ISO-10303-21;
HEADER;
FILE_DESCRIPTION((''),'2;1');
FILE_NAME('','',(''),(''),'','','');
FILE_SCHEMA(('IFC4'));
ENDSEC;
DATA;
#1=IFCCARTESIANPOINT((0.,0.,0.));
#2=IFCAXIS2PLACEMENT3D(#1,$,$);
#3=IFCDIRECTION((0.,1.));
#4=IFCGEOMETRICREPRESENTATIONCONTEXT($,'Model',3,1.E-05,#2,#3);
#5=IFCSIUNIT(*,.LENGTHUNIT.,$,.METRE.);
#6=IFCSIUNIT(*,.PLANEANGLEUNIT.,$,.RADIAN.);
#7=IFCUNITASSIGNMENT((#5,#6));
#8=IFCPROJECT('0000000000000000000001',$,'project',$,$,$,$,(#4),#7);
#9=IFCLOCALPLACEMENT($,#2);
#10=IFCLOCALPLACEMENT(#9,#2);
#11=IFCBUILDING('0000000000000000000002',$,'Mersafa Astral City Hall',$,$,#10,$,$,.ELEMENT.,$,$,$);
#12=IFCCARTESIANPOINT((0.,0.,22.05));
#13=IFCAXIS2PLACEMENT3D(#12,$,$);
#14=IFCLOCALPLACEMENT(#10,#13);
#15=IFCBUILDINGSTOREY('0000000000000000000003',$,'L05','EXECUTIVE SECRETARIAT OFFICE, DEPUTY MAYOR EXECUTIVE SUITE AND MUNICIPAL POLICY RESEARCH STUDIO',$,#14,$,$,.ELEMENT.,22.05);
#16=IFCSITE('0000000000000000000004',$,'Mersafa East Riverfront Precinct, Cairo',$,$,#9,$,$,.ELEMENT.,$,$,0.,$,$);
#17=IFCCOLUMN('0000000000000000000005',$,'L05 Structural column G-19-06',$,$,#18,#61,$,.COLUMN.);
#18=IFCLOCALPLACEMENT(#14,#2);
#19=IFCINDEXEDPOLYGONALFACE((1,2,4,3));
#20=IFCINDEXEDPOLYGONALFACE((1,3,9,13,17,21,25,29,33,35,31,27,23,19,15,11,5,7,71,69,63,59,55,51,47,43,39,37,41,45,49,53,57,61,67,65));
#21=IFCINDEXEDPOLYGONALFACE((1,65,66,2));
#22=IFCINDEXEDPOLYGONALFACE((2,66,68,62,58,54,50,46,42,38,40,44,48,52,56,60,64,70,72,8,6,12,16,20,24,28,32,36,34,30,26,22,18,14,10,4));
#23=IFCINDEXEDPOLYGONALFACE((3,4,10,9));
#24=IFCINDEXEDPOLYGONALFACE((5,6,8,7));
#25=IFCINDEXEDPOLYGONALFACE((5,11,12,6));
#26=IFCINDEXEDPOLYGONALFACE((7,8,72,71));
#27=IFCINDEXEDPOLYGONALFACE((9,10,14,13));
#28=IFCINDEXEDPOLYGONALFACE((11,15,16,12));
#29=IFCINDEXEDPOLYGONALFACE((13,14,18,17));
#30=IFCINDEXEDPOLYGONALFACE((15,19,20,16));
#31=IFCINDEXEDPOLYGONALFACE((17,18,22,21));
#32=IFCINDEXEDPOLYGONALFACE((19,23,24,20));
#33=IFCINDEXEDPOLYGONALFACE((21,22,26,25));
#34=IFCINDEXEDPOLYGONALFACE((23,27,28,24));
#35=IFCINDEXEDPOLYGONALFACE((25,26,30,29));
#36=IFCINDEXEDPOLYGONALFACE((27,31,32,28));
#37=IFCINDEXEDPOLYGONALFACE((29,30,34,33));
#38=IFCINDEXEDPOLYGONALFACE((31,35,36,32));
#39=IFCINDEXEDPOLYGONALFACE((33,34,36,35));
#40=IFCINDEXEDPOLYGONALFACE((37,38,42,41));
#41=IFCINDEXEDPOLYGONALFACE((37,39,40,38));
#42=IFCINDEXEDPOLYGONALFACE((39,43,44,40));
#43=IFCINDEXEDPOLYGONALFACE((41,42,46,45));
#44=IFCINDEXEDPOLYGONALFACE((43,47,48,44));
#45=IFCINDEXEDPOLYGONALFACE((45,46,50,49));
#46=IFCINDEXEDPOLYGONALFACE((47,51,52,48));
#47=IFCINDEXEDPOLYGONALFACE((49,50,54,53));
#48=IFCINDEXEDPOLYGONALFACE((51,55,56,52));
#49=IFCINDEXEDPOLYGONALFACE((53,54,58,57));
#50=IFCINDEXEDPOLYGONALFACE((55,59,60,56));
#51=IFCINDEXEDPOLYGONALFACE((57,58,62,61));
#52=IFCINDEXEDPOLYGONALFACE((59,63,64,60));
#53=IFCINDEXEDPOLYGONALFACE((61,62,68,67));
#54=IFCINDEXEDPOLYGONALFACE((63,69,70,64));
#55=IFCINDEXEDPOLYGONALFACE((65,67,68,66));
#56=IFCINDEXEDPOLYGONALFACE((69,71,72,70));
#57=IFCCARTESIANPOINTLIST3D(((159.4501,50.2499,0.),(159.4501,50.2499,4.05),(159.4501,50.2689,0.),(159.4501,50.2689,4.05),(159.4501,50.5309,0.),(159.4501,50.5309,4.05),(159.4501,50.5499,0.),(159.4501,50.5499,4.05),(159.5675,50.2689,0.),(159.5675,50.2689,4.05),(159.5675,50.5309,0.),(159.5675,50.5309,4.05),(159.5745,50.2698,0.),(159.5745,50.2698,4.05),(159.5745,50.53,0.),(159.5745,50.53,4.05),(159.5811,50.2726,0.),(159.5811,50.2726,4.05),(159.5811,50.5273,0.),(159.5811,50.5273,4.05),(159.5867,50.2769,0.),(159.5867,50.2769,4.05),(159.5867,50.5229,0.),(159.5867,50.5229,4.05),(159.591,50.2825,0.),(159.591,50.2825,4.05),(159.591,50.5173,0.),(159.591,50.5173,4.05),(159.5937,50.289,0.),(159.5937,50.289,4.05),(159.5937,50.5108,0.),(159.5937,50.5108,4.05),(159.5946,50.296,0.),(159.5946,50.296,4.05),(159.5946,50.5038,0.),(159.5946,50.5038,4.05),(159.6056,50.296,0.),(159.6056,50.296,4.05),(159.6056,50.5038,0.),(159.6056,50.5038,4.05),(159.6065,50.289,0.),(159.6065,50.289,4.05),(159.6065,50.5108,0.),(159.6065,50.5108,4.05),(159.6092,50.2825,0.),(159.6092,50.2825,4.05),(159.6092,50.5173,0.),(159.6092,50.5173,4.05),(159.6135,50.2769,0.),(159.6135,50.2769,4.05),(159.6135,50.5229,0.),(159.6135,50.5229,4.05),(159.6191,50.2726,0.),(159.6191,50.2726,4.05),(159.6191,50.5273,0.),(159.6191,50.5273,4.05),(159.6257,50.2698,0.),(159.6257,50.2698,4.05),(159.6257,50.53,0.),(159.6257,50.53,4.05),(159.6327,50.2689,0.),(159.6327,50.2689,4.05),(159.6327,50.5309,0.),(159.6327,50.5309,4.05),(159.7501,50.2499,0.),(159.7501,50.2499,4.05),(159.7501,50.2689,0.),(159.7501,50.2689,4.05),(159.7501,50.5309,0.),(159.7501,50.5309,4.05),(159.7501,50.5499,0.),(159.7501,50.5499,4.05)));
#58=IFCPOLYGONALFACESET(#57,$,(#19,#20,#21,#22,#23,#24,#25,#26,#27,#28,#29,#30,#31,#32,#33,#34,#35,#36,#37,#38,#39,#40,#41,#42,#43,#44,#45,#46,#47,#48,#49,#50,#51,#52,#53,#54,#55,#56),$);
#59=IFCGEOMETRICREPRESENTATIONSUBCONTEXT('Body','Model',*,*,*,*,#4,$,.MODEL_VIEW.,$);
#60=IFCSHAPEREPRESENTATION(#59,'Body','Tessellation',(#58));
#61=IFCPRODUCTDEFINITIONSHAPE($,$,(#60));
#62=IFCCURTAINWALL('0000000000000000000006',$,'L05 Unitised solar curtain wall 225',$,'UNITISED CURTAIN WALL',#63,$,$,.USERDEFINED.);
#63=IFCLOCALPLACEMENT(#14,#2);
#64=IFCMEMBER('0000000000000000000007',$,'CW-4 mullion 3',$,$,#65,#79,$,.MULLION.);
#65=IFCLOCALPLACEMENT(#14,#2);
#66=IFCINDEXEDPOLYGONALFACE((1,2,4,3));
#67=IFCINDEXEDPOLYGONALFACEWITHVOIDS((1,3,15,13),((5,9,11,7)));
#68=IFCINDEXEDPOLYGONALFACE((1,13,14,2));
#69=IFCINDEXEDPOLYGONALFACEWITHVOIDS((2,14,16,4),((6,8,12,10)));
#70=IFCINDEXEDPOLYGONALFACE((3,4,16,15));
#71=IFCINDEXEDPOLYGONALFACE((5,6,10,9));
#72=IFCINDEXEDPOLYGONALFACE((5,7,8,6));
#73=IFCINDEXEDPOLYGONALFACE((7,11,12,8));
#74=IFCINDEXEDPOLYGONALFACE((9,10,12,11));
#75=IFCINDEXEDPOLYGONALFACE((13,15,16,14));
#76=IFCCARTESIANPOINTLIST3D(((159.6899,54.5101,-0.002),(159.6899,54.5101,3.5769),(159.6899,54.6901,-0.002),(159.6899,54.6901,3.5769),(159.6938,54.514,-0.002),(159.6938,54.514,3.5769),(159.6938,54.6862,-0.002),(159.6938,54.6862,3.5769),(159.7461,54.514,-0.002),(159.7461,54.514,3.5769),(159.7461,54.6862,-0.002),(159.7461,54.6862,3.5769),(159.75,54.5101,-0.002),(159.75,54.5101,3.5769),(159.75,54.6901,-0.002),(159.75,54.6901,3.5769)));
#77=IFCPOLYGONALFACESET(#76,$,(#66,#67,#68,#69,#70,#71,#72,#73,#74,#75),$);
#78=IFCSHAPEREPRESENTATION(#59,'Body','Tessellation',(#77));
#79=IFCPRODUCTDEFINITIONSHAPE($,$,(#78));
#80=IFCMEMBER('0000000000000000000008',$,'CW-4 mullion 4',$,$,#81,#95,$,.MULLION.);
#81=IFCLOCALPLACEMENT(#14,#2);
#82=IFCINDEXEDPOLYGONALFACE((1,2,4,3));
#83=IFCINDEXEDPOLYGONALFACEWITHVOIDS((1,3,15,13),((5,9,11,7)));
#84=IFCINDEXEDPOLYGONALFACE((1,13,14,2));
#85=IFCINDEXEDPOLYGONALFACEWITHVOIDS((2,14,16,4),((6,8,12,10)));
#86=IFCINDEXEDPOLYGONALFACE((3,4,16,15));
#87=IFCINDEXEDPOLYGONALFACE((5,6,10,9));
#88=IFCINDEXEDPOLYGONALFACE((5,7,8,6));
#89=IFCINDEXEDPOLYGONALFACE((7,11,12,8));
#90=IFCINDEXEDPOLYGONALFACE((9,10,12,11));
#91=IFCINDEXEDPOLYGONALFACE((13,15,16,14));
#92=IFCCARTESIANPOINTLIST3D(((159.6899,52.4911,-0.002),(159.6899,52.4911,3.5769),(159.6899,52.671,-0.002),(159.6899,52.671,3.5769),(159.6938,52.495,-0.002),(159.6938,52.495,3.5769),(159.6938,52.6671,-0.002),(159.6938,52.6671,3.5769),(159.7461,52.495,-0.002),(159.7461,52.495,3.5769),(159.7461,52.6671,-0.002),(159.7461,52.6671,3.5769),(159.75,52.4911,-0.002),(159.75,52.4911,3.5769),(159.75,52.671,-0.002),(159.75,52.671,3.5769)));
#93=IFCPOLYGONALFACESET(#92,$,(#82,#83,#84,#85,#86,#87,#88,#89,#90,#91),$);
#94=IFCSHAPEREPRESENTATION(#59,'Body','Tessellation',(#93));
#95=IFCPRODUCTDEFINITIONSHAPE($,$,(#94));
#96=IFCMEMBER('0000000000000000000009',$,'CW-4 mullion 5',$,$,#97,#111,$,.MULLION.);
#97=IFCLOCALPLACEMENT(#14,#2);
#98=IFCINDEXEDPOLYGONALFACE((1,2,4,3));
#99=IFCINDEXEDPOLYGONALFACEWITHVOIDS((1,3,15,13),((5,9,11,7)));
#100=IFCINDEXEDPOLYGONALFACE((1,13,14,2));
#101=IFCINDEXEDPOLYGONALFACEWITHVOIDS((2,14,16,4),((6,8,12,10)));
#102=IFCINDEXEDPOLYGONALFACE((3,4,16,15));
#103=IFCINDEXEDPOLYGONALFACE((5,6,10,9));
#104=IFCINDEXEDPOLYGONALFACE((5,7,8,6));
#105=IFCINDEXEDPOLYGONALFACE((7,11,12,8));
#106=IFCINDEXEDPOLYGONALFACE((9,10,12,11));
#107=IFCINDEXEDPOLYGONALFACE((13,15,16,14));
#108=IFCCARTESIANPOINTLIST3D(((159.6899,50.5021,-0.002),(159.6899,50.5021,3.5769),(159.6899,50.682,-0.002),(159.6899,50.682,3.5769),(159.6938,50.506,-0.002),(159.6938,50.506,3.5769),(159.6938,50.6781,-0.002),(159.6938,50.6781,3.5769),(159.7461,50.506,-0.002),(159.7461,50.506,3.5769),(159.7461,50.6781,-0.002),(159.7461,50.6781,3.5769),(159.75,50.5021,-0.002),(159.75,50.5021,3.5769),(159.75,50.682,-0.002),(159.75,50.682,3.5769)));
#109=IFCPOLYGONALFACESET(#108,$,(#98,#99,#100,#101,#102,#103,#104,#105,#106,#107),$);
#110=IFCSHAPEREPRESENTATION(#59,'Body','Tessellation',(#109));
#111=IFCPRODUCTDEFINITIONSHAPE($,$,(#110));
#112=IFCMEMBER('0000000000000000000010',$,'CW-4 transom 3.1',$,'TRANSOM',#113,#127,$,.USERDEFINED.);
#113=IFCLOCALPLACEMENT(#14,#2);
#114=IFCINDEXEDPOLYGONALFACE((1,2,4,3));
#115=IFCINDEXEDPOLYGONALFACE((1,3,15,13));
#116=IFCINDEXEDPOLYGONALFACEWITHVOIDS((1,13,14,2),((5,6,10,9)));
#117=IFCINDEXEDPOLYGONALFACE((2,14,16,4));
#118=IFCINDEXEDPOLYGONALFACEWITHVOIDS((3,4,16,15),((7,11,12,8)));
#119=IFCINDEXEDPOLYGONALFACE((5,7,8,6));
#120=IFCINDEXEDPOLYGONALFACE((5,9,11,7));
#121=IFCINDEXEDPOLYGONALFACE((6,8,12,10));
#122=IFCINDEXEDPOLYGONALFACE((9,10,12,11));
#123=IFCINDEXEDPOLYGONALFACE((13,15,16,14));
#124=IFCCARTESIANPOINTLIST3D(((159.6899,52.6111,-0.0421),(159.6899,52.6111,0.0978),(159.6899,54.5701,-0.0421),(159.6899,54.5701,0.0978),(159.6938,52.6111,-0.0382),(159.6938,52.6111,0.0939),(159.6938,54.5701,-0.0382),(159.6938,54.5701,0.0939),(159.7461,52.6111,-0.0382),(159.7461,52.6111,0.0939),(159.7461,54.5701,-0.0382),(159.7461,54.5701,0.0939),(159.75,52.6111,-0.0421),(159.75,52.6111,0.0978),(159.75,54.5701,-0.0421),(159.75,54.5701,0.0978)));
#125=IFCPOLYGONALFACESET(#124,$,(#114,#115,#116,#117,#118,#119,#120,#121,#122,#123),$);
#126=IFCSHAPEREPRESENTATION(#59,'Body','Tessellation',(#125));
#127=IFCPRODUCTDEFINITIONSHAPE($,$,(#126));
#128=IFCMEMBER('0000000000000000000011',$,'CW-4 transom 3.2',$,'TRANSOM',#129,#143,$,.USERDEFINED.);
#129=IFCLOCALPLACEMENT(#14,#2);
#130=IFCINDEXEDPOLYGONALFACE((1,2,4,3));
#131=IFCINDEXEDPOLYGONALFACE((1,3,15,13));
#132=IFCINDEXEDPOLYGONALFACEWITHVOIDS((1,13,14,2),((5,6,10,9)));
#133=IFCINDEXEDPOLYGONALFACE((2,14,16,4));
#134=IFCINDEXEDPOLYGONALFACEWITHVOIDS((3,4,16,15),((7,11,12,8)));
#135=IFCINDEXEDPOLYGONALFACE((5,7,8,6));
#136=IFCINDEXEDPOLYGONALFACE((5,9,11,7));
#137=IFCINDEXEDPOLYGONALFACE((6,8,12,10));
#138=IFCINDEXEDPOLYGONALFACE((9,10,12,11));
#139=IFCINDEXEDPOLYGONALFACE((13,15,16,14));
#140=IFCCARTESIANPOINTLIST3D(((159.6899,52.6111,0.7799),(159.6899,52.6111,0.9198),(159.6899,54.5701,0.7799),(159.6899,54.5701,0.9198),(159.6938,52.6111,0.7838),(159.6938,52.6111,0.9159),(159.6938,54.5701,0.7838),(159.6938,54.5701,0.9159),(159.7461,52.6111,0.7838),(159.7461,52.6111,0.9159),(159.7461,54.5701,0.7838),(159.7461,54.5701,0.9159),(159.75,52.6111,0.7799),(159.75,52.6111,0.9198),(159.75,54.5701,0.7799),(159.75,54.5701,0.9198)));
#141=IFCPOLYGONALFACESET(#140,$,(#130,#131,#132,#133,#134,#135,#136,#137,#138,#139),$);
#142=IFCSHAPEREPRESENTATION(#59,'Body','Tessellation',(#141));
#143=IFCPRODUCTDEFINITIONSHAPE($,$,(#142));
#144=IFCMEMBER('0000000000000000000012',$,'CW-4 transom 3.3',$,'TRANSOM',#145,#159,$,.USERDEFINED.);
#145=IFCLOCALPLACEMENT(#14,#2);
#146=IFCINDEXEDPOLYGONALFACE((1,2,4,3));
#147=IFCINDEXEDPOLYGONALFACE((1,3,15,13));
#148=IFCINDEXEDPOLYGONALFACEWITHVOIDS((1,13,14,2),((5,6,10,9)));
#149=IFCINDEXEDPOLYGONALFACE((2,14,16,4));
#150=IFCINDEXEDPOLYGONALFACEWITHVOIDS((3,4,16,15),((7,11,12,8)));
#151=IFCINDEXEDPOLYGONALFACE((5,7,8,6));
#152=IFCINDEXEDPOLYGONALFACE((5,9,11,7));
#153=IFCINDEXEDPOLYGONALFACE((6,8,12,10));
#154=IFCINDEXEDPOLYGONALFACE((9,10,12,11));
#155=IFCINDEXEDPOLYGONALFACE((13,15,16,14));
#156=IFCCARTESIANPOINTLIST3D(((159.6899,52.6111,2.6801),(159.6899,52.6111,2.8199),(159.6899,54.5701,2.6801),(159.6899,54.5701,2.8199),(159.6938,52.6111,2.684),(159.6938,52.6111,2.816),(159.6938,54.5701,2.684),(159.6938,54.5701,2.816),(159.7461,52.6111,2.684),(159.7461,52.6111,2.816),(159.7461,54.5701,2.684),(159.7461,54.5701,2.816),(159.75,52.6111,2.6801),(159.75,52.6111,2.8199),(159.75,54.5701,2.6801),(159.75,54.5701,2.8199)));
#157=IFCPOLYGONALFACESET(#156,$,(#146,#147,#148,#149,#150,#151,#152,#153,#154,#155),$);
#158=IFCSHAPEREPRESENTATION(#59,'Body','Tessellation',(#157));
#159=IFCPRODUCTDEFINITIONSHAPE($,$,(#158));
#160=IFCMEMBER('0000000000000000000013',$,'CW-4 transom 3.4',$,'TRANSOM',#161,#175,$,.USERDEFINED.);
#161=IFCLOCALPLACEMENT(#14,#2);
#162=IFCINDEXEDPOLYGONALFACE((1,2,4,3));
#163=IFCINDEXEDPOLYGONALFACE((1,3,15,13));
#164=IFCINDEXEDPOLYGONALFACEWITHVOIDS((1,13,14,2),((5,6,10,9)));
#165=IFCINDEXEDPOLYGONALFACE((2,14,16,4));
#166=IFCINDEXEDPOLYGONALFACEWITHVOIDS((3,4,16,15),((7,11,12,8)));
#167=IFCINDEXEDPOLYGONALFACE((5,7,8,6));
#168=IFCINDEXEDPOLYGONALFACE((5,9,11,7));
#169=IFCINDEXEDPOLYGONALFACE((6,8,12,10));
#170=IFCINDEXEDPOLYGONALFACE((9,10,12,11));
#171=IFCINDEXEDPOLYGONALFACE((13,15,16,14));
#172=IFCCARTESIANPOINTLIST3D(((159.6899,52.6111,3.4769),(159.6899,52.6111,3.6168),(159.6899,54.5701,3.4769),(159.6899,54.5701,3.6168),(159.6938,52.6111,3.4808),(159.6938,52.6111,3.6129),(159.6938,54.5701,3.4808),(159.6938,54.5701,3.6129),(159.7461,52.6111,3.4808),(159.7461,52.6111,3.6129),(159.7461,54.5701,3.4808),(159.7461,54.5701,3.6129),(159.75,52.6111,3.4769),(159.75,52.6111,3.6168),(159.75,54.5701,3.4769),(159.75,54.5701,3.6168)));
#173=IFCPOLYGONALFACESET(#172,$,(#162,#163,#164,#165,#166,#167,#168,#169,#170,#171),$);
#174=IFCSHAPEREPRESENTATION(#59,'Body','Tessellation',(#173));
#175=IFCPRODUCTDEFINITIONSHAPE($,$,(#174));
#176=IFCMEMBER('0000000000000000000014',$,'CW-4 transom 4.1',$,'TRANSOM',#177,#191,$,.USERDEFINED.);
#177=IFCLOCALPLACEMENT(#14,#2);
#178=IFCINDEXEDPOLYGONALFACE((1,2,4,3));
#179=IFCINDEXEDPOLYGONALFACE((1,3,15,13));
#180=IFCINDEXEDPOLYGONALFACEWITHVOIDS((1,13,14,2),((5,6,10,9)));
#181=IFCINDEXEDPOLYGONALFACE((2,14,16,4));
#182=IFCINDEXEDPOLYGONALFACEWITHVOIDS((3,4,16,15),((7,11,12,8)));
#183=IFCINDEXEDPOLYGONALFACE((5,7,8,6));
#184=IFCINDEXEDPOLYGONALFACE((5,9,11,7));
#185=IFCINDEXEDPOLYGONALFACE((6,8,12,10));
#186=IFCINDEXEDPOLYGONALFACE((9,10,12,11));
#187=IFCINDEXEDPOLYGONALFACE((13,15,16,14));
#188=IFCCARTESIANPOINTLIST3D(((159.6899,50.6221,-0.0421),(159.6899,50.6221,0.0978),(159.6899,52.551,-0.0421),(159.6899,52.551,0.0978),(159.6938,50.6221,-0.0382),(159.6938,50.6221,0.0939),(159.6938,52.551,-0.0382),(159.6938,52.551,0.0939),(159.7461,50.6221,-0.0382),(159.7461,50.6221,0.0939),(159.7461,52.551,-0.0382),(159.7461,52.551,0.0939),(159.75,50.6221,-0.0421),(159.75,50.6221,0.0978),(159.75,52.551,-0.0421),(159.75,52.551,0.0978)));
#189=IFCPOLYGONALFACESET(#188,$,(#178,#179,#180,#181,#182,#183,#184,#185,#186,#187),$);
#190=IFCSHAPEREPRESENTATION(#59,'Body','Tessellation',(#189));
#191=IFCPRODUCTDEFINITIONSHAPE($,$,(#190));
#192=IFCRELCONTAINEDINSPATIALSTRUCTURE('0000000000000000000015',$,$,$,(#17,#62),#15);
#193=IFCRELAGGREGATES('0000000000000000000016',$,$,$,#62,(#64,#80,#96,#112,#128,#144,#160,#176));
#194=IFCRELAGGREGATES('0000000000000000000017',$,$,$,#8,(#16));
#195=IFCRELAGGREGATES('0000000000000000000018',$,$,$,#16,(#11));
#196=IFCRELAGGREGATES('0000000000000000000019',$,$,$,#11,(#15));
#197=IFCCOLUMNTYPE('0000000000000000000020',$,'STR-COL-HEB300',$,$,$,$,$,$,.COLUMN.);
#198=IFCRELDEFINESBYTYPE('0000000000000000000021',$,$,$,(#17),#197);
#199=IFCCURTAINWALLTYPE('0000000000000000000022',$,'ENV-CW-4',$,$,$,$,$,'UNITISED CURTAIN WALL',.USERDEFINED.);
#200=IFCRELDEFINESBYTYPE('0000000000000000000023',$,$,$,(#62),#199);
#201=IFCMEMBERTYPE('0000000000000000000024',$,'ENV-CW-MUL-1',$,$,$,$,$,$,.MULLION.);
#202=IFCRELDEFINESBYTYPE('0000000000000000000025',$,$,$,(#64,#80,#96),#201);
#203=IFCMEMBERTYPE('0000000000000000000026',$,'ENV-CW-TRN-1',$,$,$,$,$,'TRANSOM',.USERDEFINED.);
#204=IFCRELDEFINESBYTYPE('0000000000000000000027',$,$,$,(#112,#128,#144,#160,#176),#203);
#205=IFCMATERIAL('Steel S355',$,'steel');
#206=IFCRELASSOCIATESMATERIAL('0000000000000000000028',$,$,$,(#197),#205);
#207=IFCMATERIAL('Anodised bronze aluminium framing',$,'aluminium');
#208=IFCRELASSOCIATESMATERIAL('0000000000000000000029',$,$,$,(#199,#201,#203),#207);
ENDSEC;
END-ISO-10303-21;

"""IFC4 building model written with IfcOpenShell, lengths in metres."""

from ifc_helpers import new_model, si_unit, direction, frame, origin, origin_2d, place, context, subcontext, project, spatial, hollow_rectangle, i_section, extrude, material, material_profile, profile_set, type_object, element, aggregate, save


model = new_model("IFC4")

# Units and contexts
model_context = context("Model", 3, precision=1e-05, world=origin(), true_north=direction((0.0, 1.0)))
body_context = subcontext(model_context, "Body", "Model", "MODEL_VIEW")
ifc_project = project(units=[si_unit("LENGTHUNIT", "METRE"), si_unit("PLANEANGLEUNIT", "RADIAN")], contexts=[model_context])

# Site, building, storey
site_placement = place(None, origin())
site = spatial("IfcSite", under=ifc_project, at=site_placement, Name="Mersafa East Riverfront Precinct, Cairo", CompositionType="ELEMENT", RefElevation=0.0)
building_placement = place(site_placement, origin())
building = spatial("IfcBuilding", under=site, at=building_placement, Name="Mersafa Astral City Hall", CompositionType="ELEMENT")
storey_placement = place(building_placement, frame((0.0, 0.0, 22.05)))
storey = spatial("IfcBuildingStorey", under=building, at=storey_placement, Name="L05", Description="EXECUTIVE SECRETARIAT OFFICE, DEPUTY MAYOR EXECUTIVE SUITE AND MUNICIPAL POLICY RESEARCH STUDIO", CompositionType="ELEMENT", Elevation=22.05)

# Column
ifc_material_1 = material(Name="Steel S355", Category="steel")
ifc_material_profile_1 = material_profile(ifc_material_1, i_section(OverallWidth=0.3, OverallDepth=0.3, WebThickness=0.011, FlangeThickness=0.019, FilletRadius=0.0271, at=origin_2d()), Name="HEB 300")
ifc_profile_set_1 = profile_set([ifc_material_profile_1], Name="Steel S355")
column_type = type_object("IfcColumnType", Name="STR-COL-HEB300", PredefinedType="COLUMN", material=ifc_profile_set_1)
column_placement = place(storey_placement, frame((159.6001, 50.3999, 0.0), z_axis=(0.0, 0.0, 1.0), x_axis=(1.0, 0.0, 0.0)))
element("IfcColumn", 1, at=column_placement, inside=storey, type_object=column_type, Name="L05 Structural column G-19-06", PredefinedType="COLUMN", context=body_context, shape_type="SweptSolid", body=[
    extrude(i_section(OverallWidth=0.3, OverallDepth=0.3, WebThickness=0.011, FlangeThickness=0.019, FilletRadius=0.0271, at=origin_2d()), origin(), (0.0, 0.0, 1.0), 4.05),
])

# Curtain wall, members
ifc_material_2 = material(Name="Anodised bronze aluminium framing", Category="aluminium")
curtain_wall_type = type_object("IfcCurtainWallType", Name="ENV-CW-4", ElementType="UNITISED CURTAIN WALL", PredefinedType="USERDEFINED", material=ifc_material_2)
curtain_wall_placement = place(storey_placement, origin())
curtain_wall = element("IfcCurtainWall", 2, at=curtain_wall_placement, inside=storey, type_object=curtain_wall_type, Name="L05 Unitised solar curtain wall 225", ObjectType="UNITISED CURTAIN WALL", PredefinedType="USERDEFINED")
ifc_material_profile_2 = material_profile(ifc_material_2, hollow_rectangle(XDim=0.0601, YDim=0.1799, WallThickness=0.0039, at=origin_2d()), Name="RHS 60x180x4")
ifc_profile_set_2 = profile_set([ifc_material_profile_2], Name="Anodised bronze aluminium framing")
member_type_1 = type_object("IfcMemberType", Name="ENV-CW-MUL-1", PredefinedType="MULLION", material=ifc_profile_set_2)
member_1_placement = place(storey_placement, frame((159.72, 54.6001, -0.002), z_axis=(0.0, 0.0, 1.0), x_axis=(1.0, 0.0, 0.0)))
member_1 = element("IfcMember", 3, at=member_1_placement, type_object=member_type_1, Name="CW-4 mullion 3", PredefinedType="MULLION", context=body_context, shape_type="SweptSolid", body=[
    extrude(hollow_rectangle(XDim=0.0601, YDim=0.1799, WallThickness=0.0039, at=origin_2d()), origin(), (0.0, 0.0, 1.0), 3.5789),
])
member_2_placement = place(storey_placement, frame((159.72, 52.5811, -0.002), z_axis=(0.0, 0.0, 1.0), x_axis=(1.0, 0.0, 0.0)))
member_2 = element("IfcMember", 4, at=member_2_placement, type_object=member_type_1, Name="CW-4 mullion 4", PredefinedType="MULLION", context=body_context, shape_type="SweptSolid", body=[
    extrude(hollow_rectangle(XDim=0.0601, YDim=0.1799, WallThickness=0.0039, at=origin_2d()), origin(), (0.0, 0.0, 1.0), 3.5789),
])
member_3_placement = place(storey_placement, frame((159.72, 50.592, -0.002), z_axis=(0.0, 0.0, 1.0), x_axis=(1.0, 0.0, 0.0)))
member_3 = element("IfcMember", 5, at=member_3_placement, type_object=member_type_1, Name="CW-4 mullion 5", PredefinedType="MULLION", context=body_context, shape_type="SweptSolid", body=[
    extrude(hollow_rectangle(XDim=0.0601, YDim=0.1799, WallThickness=0.0039, at=origin_2d()), origin(), (0.0, 0.0, 1.0), 3.5789),
])
ifc_material_profile_3 = material_profile(ifc_material_2, hollow_rectangle(XDim=0.0601, YDim=0.1399, WallThickness=0.0039, at=origin_2d()), Name="RHS 60x140x4")
ifc_profile_set_3 = profile_set([ifc_material_profile_3], Name="Anodised bronze aluminium framing")
member_type_2 = type_object("IfcMemberType", Name="ENV-CW-TRN-1", ElementType="TRANSOM", PredefinedType="USERDEFINED", material=ifc_profile_set_3)
member_4_placement = place(storey_placement, frame((159.72, 54.5701, 0.0278), z_axis=(0.0, -1.0, 0.0), x_axis=(1.0, 0.0, 0.0)))
member_4 = element("IfcMember", 6, at=member_4_placement, type_object=member_type_2, Name="CW-4 transom 3.1", ObjectType="TRANSOM", PredefinedType="USERDEFINED", context=body_context, shape_type="SweptSolid", body=[
    extrude(hollow_rectangle(XDim=0.0601, YDim=0.1399, WallThickness=0.0039, at=origin_2d()), origin(), (0.0, 0.0, 1.0), 1.959),
])
member_5_placement = place(storey_placement, frame((159.72, 54.5701, 0.8499), z_axis=(0.0, -1.0, 0.0), x_axis=(1.0, 0.0, 0.0)))
member_5 = element("IfcMember", 7, at=member_5_placement, type_object=member_type_2, Name="CW-4 transom 3.2", ObjectType="TRANSOM", PredefinedType="USERDEFINED", context=body_context, shape_type="SweptSolid", body=[
    extrude(hollow_rectangle(XDim=0.0601, YDim=0.1399, WallThickness=0.0039, at=origin_2d()), origin(), (0.0, 0.0, 1.0), 1.959),
])
member_6_placement = place(storey_placement, frame((159.72, 54.5701, 2.75), z_axis=(0.0, -1.0, 0.0), x_axis=(1.0, 0.0, 0.0)))
member_6 = element("IfcMember", 8, at=member_6_placement, type_object=member_type_2, Name="CW-4 transom 3.3", ObjectType="TRANSOM", PredefinedType="USERDEFINED", context=body_context, shape_type="SweptSolid", body=[
    extrude(hollow_rectangle(XDim=0.0601, YDim=0.1399, WallThickness=0.0039, at=origin_2d()), origin(), (0.0, 0.0, 1.0), 1.959),
])
member_7_placement = place(storey_placement, frame((159.72, 54.5701, 3.5469), z_axis=(0.0, -1.0, 0.0), x_axis=(1.0, 0.0, 0.0)))
member_7 = element("IfcMember", 9, at=member_7_placement, type_object=member_type_2, Name="CW-4 transom 3.4", ObjectType="TRANSOM", PredefinedType="USERDEFINED", context=body_context, shape_type="SweptSolid", body=[
    extrude(hollow_rectangle(XDim=0.0601, YDim=0.1399, WallThickness=0.0039, at=origin_2d()), origin(), (0.0, 0.0, 1.0), 1.959),
])
member_8_placement = place(storey_placement, frame((159.72, 52.551, 0.0278), z_axis=(0.0, -1.0, 0.0), x_axis=(1.0, 0.0, 0.0)))
member_8 = element("IfcMember", 10, at=member_8_placement, type_object=member_type_2, Name="CW-4 transom 4.1", ObjectType="TRANSOM", PredefinedType="USERDEFINED", context=body_context, shape_type="SweptSolid", body=[
    extrude(hollow_rectangle(XDim=0.0601, YDim=0.1399, WallThickness=0.0039, at=origin_2d()), origin(), (0.0, 0.0, 1.0), 1.929),
])

aggregate(curtain_wall, [member_1, member_2, member_3, member_4, member_5, member_6, member_7, member_8])

save(model, "model.ifc")
